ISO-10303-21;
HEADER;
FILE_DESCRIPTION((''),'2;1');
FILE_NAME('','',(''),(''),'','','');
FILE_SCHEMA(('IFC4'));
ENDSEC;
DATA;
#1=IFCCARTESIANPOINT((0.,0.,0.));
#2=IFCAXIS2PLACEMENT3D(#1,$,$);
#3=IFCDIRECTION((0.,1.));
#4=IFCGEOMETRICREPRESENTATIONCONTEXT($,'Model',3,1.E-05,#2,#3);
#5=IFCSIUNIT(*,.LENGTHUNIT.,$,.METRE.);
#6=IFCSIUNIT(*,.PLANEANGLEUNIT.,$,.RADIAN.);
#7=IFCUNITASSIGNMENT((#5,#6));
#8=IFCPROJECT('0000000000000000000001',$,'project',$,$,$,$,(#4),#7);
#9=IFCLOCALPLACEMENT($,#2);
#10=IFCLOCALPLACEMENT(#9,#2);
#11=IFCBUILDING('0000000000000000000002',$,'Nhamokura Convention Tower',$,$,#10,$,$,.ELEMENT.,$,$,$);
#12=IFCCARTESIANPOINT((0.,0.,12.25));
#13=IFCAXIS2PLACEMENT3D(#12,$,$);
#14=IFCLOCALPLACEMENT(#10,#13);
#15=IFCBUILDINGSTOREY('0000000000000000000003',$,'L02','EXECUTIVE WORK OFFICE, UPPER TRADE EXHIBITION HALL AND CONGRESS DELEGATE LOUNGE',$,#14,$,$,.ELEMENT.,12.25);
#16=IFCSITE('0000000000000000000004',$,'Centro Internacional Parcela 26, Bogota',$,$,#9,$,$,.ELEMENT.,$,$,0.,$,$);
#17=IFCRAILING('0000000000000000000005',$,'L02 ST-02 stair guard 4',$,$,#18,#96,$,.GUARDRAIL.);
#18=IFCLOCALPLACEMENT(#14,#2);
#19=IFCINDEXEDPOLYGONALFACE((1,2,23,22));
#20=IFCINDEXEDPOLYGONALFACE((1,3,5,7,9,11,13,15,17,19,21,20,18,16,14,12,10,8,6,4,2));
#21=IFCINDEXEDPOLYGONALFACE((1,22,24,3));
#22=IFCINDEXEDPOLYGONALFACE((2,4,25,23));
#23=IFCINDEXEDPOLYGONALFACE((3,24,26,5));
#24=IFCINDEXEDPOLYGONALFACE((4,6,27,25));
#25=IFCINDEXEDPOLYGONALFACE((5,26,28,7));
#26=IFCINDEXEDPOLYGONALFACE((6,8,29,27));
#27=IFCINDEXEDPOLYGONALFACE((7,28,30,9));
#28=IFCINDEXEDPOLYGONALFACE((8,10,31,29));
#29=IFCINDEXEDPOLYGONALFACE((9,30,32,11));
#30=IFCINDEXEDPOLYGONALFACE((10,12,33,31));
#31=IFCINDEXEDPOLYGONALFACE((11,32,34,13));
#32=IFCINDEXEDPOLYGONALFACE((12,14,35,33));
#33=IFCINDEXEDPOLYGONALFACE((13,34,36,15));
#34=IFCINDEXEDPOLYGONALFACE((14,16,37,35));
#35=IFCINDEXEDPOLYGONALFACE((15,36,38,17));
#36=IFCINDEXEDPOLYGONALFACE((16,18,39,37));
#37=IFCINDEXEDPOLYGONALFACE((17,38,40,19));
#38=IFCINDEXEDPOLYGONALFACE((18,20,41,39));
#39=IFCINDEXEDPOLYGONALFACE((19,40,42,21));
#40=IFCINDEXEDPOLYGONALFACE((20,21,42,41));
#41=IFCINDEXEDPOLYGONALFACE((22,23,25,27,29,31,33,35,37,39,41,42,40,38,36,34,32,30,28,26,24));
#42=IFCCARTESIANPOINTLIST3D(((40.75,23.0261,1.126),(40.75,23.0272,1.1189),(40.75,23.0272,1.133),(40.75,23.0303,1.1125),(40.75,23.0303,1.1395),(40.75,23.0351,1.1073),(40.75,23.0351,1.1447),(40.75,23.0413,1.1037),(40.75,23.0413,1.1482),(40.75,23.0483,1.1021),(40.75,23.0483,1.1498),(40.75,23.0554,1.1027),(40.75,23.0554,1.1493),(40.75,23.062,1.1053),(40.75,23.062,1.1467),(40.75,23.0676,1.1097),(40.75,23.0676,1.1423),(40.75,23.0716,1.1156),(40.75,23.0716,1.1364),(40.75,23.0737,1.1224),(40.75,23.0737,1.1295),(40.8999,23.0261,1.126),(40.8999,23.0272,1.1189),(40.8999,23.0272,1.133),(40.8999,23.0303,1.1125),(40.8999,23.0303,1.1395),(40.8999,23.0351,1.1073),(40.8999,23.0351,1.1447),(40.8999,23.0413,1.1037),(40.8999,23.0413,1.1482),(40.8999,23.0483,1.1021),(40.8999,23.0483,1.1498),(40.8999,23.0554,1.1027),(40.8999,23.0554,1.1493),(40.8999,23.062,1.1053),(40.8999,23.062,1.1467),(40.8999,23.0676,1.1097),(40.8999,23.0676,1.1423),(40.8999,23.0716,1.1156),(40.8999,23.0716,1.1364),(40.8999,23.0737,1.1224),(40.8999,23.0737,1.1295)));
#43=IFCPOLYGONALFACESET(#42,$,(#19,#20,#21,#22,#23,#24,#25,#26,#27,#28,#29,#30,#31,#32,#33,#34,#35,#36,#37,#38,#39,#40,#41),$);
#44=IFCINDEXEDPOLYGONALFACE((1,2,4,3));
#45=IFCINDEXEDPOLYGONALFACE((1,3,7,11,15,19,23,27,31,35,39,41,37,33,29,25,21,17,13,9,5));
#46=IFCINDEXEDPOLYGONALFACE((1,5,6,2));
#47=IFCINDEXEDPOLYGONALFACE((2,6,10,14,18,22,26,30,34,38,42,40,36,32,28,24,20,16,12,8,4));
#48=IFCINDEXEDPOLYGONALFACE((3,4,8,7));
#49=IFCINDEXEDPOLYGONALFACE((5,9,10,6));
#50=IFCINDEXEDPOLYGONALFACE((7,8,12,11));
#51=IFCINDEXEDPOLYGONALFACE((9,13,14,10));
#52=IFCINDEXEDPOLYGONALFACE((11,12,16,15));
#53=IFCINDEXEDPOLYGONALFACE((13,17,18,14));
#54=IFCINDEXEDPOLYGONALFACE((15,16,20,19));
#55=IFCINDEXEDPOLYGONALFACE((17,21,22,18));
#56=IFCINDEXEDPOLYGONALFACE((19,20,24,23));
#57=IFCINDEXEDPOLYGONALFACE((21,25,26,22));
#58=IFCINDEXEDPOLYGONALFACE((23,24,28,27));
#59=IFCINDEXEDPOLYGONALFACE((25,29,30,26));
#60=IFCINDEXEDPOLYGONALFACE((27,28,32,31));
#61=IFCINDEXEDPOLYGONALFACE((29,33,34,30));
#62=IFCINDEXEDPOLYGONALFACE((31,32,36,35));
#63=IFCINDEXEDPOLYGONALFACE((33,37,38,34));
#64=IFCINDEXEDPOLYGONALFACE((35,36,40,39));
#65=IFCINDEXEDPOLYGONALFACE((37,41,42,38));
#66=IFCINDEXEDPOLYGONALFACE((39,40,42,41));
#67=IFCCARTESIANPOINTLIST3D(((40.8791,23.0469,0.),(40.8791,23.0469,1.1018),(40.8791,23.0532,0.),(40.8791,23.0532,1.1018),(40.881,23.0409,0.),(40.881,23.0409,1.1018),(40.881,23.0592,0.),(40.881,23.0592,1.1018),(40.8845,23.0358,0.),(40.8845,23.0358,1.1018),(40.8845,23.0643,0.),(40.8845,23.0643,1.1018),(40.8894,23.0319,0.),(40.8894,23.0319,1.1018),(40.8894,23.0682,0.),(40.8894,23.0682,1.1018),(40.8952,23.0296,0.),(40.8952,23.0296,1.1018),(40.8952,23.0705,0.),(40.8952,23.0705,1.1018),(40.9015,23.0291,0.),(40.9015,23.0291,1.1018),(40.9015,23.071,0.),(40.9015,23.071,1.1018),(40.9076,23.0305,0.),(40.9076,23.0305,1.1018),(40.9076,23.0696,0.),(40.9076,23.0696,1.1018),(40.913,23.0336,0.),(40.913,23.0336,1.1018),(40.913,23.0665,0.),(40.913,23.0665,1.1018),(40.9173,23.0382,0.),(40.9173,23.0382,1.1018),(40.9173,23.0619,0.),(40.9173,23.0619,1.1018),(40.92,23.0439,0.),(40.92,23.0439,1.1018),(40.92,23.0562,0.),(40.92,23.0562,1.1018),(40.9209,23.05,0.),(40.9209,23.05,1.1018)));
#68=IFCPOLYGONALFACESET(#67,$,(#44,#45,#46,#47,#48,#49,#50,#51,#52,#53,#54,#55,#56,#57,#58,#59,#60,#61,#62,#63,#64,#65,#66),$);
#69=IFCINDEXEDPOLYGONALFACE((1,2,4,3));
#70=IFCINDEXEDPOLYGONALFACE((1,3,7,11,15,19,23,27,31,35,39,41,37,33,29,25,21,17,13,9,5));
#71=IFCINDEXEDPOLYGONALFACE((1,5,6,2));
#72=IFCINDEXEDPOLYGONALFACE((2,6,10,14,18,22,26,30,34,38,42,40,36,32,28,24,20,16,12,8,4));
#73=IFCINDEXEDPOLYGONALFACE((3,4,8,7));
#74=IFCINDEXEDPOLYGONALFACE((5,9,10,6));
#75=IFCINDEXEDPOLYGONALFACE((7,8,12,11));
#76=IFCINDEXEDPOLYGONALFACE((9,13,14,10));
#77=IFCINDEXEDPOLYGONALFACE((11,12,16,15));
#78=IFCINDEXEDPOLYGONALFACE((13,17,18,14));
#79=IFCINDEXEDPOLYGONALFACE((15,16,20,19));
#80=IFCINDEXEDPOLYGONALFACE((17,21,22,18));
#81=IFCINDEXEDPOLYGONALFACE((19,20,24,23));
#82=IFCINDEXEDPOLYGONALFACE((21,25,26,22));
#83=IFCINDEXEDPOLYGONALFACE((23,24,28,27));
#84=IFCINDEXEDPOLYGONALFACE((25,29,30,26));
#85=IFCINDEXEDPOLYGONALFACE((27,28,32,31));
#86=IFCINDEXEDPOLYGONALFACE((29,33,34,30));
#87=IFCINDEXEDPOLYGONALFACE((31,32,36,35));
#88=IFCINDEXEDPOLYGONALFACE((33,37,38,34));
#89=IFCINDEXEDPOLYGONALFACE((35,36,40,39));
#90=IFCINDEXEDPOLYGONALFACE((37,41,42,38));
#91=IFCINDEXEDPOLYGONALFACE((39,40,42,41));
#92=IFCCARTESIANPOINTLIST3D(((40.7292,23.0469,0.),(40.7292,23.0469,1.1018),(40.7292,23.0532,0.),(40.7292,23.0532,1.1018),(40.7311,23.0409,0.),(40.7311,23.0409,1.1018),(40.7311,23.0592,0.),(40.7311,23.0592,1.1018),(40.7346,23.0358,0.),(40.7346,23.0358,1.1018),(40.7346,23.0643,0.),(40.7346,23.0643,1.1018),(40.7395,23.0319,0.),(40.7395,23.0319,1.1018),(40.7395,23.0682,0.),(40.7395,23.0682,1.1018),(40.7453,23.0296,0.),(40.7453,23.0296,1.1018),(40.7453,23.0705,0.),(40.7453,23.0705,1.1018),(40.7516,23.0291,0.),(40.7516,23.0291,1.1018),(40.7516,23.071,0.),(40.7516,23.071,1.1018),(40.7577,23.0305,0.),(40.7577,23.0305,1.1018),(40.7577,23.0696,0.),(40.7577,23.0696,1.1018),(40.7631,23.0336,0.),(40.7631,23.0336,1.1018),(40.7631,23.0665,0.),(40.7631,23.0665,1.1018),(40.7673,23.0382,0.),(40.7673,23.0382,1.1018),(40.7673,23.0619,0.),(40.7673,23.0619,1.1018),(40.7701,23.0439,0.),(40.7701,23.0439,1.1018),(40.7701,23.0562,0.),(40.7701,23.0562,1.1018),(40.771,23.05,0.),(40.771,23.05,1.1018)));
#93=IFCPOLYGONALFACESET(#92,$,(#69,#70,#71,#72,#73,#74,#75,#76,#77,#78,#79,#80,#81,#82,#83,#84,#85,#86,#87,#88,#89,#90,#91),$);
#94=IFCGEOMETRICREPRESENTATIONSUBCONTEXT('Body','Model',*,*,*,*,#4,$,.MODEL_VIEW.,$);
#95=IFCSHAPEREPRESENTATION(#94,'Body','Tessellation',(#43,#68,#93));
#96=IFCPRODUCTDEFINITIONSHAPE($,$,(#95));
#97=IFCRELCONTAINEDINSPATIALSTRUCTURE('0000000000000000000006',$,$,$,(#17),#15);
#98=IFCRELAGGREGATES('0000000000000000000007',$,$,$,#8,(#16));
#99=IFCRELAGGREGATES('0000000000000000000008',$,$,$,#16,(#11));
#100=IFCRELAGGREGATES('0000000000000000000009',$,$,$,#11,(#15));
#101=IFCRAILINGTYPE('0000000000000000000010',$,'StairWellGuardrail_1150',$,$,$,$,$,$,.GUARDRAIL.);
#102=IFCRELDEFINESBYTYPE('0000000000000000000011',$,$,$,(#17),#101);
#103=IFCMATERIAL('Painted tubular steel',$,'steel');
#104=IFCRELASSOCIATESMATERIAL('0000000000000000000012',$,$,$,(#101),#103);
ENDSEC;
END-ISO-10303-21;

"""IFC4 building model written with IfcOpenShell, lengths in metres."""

from ifc_helpers import new_model, si_unit, direction, frame, origin, origin_2d, place, context, subcontext, project, spatial, circle, extrude, material, type_object, element, save


model = new_model("IFC4")

# Units and contexts
model_context = context("Model", 3, precision=1e-05, world=origin(), true_north=direction((0.0, 1.0)))
body_context = subcontext(model_context, "Body", "Model", "MODEL_VIEW")
ifc_project = project(units=[si_unit("LENGTHUNIT", "METRE"), si_unit("PLANEANGLEUNIT", "RADIAN")], contexts=[model_context])

# Site, building, storey
site_placement = place(None, origin())
site = spatial("IfcSite", under=ifc_project, at=site_placement, Name="Centro Internacional Parcela 26, Bogota", CompositionType="ELEMENT", RefElevation=0.0)
building_placement = place(site_placement, origin())
building = spatial("IfcBuilding", under=site, at=building_placement, Name="Nhamokura Convention Tower", CompositionType="ELEMENT")
storey_placement = place(building_placement, frame((0.0, 0.0, 12.25)))
storey = spatial("IfcBuildingStorey", under=building, at=storey_placement, Name="L02", Description="EXECUTIVE WORK OFFICE, UPPER TRADE EXHIBITION HALL AND CONGRESS DELEGATE LOUNGE", CompositionType="ELEMENT", Elevation=12.25)

# Railing
ifc_material_1 = material(Name="Painted tubular steel", Category="steel")
railing_type_1 = type_object("IfcRailingType", Name="StairWellGuardrail_1150", PredefinedType="GUARDRAIL", material=ifc_material_1)
railing_1_placement = place(storey_placement, frame((40.8999, 23.05, 0.0)))
element("IfcRailing", 1, at=railing_1_placement, inside=storey, type_object=railing_type_1, Name="L02 ST-02 stair guard 4", PredefinedType="GUARDRAIL", context=body_context, shape_type="SweptSolid", body=[
    extrude(circle(Radius=0.0239, at=origin_2d()), frame((0.0, 0.0, 1.126), z_axis=(-1.0, 0.0, 0.0), x_axis=(0.0, -1.0, 0.0)), (0.0, 0.0, 1.0), 0.1499),
    extrude(circle(Radius=0.021, at=origin_2d()), origin(), (0.0, 0.0, 1.0), 1.1018),
    extrude(circle(Radius=0.021, at=origin_2d()), frame((-0.1499, 0.0, 0.0)), (0.0, 0.0, 1.0), 1.1018),
])

save(model, "model.ifc")
